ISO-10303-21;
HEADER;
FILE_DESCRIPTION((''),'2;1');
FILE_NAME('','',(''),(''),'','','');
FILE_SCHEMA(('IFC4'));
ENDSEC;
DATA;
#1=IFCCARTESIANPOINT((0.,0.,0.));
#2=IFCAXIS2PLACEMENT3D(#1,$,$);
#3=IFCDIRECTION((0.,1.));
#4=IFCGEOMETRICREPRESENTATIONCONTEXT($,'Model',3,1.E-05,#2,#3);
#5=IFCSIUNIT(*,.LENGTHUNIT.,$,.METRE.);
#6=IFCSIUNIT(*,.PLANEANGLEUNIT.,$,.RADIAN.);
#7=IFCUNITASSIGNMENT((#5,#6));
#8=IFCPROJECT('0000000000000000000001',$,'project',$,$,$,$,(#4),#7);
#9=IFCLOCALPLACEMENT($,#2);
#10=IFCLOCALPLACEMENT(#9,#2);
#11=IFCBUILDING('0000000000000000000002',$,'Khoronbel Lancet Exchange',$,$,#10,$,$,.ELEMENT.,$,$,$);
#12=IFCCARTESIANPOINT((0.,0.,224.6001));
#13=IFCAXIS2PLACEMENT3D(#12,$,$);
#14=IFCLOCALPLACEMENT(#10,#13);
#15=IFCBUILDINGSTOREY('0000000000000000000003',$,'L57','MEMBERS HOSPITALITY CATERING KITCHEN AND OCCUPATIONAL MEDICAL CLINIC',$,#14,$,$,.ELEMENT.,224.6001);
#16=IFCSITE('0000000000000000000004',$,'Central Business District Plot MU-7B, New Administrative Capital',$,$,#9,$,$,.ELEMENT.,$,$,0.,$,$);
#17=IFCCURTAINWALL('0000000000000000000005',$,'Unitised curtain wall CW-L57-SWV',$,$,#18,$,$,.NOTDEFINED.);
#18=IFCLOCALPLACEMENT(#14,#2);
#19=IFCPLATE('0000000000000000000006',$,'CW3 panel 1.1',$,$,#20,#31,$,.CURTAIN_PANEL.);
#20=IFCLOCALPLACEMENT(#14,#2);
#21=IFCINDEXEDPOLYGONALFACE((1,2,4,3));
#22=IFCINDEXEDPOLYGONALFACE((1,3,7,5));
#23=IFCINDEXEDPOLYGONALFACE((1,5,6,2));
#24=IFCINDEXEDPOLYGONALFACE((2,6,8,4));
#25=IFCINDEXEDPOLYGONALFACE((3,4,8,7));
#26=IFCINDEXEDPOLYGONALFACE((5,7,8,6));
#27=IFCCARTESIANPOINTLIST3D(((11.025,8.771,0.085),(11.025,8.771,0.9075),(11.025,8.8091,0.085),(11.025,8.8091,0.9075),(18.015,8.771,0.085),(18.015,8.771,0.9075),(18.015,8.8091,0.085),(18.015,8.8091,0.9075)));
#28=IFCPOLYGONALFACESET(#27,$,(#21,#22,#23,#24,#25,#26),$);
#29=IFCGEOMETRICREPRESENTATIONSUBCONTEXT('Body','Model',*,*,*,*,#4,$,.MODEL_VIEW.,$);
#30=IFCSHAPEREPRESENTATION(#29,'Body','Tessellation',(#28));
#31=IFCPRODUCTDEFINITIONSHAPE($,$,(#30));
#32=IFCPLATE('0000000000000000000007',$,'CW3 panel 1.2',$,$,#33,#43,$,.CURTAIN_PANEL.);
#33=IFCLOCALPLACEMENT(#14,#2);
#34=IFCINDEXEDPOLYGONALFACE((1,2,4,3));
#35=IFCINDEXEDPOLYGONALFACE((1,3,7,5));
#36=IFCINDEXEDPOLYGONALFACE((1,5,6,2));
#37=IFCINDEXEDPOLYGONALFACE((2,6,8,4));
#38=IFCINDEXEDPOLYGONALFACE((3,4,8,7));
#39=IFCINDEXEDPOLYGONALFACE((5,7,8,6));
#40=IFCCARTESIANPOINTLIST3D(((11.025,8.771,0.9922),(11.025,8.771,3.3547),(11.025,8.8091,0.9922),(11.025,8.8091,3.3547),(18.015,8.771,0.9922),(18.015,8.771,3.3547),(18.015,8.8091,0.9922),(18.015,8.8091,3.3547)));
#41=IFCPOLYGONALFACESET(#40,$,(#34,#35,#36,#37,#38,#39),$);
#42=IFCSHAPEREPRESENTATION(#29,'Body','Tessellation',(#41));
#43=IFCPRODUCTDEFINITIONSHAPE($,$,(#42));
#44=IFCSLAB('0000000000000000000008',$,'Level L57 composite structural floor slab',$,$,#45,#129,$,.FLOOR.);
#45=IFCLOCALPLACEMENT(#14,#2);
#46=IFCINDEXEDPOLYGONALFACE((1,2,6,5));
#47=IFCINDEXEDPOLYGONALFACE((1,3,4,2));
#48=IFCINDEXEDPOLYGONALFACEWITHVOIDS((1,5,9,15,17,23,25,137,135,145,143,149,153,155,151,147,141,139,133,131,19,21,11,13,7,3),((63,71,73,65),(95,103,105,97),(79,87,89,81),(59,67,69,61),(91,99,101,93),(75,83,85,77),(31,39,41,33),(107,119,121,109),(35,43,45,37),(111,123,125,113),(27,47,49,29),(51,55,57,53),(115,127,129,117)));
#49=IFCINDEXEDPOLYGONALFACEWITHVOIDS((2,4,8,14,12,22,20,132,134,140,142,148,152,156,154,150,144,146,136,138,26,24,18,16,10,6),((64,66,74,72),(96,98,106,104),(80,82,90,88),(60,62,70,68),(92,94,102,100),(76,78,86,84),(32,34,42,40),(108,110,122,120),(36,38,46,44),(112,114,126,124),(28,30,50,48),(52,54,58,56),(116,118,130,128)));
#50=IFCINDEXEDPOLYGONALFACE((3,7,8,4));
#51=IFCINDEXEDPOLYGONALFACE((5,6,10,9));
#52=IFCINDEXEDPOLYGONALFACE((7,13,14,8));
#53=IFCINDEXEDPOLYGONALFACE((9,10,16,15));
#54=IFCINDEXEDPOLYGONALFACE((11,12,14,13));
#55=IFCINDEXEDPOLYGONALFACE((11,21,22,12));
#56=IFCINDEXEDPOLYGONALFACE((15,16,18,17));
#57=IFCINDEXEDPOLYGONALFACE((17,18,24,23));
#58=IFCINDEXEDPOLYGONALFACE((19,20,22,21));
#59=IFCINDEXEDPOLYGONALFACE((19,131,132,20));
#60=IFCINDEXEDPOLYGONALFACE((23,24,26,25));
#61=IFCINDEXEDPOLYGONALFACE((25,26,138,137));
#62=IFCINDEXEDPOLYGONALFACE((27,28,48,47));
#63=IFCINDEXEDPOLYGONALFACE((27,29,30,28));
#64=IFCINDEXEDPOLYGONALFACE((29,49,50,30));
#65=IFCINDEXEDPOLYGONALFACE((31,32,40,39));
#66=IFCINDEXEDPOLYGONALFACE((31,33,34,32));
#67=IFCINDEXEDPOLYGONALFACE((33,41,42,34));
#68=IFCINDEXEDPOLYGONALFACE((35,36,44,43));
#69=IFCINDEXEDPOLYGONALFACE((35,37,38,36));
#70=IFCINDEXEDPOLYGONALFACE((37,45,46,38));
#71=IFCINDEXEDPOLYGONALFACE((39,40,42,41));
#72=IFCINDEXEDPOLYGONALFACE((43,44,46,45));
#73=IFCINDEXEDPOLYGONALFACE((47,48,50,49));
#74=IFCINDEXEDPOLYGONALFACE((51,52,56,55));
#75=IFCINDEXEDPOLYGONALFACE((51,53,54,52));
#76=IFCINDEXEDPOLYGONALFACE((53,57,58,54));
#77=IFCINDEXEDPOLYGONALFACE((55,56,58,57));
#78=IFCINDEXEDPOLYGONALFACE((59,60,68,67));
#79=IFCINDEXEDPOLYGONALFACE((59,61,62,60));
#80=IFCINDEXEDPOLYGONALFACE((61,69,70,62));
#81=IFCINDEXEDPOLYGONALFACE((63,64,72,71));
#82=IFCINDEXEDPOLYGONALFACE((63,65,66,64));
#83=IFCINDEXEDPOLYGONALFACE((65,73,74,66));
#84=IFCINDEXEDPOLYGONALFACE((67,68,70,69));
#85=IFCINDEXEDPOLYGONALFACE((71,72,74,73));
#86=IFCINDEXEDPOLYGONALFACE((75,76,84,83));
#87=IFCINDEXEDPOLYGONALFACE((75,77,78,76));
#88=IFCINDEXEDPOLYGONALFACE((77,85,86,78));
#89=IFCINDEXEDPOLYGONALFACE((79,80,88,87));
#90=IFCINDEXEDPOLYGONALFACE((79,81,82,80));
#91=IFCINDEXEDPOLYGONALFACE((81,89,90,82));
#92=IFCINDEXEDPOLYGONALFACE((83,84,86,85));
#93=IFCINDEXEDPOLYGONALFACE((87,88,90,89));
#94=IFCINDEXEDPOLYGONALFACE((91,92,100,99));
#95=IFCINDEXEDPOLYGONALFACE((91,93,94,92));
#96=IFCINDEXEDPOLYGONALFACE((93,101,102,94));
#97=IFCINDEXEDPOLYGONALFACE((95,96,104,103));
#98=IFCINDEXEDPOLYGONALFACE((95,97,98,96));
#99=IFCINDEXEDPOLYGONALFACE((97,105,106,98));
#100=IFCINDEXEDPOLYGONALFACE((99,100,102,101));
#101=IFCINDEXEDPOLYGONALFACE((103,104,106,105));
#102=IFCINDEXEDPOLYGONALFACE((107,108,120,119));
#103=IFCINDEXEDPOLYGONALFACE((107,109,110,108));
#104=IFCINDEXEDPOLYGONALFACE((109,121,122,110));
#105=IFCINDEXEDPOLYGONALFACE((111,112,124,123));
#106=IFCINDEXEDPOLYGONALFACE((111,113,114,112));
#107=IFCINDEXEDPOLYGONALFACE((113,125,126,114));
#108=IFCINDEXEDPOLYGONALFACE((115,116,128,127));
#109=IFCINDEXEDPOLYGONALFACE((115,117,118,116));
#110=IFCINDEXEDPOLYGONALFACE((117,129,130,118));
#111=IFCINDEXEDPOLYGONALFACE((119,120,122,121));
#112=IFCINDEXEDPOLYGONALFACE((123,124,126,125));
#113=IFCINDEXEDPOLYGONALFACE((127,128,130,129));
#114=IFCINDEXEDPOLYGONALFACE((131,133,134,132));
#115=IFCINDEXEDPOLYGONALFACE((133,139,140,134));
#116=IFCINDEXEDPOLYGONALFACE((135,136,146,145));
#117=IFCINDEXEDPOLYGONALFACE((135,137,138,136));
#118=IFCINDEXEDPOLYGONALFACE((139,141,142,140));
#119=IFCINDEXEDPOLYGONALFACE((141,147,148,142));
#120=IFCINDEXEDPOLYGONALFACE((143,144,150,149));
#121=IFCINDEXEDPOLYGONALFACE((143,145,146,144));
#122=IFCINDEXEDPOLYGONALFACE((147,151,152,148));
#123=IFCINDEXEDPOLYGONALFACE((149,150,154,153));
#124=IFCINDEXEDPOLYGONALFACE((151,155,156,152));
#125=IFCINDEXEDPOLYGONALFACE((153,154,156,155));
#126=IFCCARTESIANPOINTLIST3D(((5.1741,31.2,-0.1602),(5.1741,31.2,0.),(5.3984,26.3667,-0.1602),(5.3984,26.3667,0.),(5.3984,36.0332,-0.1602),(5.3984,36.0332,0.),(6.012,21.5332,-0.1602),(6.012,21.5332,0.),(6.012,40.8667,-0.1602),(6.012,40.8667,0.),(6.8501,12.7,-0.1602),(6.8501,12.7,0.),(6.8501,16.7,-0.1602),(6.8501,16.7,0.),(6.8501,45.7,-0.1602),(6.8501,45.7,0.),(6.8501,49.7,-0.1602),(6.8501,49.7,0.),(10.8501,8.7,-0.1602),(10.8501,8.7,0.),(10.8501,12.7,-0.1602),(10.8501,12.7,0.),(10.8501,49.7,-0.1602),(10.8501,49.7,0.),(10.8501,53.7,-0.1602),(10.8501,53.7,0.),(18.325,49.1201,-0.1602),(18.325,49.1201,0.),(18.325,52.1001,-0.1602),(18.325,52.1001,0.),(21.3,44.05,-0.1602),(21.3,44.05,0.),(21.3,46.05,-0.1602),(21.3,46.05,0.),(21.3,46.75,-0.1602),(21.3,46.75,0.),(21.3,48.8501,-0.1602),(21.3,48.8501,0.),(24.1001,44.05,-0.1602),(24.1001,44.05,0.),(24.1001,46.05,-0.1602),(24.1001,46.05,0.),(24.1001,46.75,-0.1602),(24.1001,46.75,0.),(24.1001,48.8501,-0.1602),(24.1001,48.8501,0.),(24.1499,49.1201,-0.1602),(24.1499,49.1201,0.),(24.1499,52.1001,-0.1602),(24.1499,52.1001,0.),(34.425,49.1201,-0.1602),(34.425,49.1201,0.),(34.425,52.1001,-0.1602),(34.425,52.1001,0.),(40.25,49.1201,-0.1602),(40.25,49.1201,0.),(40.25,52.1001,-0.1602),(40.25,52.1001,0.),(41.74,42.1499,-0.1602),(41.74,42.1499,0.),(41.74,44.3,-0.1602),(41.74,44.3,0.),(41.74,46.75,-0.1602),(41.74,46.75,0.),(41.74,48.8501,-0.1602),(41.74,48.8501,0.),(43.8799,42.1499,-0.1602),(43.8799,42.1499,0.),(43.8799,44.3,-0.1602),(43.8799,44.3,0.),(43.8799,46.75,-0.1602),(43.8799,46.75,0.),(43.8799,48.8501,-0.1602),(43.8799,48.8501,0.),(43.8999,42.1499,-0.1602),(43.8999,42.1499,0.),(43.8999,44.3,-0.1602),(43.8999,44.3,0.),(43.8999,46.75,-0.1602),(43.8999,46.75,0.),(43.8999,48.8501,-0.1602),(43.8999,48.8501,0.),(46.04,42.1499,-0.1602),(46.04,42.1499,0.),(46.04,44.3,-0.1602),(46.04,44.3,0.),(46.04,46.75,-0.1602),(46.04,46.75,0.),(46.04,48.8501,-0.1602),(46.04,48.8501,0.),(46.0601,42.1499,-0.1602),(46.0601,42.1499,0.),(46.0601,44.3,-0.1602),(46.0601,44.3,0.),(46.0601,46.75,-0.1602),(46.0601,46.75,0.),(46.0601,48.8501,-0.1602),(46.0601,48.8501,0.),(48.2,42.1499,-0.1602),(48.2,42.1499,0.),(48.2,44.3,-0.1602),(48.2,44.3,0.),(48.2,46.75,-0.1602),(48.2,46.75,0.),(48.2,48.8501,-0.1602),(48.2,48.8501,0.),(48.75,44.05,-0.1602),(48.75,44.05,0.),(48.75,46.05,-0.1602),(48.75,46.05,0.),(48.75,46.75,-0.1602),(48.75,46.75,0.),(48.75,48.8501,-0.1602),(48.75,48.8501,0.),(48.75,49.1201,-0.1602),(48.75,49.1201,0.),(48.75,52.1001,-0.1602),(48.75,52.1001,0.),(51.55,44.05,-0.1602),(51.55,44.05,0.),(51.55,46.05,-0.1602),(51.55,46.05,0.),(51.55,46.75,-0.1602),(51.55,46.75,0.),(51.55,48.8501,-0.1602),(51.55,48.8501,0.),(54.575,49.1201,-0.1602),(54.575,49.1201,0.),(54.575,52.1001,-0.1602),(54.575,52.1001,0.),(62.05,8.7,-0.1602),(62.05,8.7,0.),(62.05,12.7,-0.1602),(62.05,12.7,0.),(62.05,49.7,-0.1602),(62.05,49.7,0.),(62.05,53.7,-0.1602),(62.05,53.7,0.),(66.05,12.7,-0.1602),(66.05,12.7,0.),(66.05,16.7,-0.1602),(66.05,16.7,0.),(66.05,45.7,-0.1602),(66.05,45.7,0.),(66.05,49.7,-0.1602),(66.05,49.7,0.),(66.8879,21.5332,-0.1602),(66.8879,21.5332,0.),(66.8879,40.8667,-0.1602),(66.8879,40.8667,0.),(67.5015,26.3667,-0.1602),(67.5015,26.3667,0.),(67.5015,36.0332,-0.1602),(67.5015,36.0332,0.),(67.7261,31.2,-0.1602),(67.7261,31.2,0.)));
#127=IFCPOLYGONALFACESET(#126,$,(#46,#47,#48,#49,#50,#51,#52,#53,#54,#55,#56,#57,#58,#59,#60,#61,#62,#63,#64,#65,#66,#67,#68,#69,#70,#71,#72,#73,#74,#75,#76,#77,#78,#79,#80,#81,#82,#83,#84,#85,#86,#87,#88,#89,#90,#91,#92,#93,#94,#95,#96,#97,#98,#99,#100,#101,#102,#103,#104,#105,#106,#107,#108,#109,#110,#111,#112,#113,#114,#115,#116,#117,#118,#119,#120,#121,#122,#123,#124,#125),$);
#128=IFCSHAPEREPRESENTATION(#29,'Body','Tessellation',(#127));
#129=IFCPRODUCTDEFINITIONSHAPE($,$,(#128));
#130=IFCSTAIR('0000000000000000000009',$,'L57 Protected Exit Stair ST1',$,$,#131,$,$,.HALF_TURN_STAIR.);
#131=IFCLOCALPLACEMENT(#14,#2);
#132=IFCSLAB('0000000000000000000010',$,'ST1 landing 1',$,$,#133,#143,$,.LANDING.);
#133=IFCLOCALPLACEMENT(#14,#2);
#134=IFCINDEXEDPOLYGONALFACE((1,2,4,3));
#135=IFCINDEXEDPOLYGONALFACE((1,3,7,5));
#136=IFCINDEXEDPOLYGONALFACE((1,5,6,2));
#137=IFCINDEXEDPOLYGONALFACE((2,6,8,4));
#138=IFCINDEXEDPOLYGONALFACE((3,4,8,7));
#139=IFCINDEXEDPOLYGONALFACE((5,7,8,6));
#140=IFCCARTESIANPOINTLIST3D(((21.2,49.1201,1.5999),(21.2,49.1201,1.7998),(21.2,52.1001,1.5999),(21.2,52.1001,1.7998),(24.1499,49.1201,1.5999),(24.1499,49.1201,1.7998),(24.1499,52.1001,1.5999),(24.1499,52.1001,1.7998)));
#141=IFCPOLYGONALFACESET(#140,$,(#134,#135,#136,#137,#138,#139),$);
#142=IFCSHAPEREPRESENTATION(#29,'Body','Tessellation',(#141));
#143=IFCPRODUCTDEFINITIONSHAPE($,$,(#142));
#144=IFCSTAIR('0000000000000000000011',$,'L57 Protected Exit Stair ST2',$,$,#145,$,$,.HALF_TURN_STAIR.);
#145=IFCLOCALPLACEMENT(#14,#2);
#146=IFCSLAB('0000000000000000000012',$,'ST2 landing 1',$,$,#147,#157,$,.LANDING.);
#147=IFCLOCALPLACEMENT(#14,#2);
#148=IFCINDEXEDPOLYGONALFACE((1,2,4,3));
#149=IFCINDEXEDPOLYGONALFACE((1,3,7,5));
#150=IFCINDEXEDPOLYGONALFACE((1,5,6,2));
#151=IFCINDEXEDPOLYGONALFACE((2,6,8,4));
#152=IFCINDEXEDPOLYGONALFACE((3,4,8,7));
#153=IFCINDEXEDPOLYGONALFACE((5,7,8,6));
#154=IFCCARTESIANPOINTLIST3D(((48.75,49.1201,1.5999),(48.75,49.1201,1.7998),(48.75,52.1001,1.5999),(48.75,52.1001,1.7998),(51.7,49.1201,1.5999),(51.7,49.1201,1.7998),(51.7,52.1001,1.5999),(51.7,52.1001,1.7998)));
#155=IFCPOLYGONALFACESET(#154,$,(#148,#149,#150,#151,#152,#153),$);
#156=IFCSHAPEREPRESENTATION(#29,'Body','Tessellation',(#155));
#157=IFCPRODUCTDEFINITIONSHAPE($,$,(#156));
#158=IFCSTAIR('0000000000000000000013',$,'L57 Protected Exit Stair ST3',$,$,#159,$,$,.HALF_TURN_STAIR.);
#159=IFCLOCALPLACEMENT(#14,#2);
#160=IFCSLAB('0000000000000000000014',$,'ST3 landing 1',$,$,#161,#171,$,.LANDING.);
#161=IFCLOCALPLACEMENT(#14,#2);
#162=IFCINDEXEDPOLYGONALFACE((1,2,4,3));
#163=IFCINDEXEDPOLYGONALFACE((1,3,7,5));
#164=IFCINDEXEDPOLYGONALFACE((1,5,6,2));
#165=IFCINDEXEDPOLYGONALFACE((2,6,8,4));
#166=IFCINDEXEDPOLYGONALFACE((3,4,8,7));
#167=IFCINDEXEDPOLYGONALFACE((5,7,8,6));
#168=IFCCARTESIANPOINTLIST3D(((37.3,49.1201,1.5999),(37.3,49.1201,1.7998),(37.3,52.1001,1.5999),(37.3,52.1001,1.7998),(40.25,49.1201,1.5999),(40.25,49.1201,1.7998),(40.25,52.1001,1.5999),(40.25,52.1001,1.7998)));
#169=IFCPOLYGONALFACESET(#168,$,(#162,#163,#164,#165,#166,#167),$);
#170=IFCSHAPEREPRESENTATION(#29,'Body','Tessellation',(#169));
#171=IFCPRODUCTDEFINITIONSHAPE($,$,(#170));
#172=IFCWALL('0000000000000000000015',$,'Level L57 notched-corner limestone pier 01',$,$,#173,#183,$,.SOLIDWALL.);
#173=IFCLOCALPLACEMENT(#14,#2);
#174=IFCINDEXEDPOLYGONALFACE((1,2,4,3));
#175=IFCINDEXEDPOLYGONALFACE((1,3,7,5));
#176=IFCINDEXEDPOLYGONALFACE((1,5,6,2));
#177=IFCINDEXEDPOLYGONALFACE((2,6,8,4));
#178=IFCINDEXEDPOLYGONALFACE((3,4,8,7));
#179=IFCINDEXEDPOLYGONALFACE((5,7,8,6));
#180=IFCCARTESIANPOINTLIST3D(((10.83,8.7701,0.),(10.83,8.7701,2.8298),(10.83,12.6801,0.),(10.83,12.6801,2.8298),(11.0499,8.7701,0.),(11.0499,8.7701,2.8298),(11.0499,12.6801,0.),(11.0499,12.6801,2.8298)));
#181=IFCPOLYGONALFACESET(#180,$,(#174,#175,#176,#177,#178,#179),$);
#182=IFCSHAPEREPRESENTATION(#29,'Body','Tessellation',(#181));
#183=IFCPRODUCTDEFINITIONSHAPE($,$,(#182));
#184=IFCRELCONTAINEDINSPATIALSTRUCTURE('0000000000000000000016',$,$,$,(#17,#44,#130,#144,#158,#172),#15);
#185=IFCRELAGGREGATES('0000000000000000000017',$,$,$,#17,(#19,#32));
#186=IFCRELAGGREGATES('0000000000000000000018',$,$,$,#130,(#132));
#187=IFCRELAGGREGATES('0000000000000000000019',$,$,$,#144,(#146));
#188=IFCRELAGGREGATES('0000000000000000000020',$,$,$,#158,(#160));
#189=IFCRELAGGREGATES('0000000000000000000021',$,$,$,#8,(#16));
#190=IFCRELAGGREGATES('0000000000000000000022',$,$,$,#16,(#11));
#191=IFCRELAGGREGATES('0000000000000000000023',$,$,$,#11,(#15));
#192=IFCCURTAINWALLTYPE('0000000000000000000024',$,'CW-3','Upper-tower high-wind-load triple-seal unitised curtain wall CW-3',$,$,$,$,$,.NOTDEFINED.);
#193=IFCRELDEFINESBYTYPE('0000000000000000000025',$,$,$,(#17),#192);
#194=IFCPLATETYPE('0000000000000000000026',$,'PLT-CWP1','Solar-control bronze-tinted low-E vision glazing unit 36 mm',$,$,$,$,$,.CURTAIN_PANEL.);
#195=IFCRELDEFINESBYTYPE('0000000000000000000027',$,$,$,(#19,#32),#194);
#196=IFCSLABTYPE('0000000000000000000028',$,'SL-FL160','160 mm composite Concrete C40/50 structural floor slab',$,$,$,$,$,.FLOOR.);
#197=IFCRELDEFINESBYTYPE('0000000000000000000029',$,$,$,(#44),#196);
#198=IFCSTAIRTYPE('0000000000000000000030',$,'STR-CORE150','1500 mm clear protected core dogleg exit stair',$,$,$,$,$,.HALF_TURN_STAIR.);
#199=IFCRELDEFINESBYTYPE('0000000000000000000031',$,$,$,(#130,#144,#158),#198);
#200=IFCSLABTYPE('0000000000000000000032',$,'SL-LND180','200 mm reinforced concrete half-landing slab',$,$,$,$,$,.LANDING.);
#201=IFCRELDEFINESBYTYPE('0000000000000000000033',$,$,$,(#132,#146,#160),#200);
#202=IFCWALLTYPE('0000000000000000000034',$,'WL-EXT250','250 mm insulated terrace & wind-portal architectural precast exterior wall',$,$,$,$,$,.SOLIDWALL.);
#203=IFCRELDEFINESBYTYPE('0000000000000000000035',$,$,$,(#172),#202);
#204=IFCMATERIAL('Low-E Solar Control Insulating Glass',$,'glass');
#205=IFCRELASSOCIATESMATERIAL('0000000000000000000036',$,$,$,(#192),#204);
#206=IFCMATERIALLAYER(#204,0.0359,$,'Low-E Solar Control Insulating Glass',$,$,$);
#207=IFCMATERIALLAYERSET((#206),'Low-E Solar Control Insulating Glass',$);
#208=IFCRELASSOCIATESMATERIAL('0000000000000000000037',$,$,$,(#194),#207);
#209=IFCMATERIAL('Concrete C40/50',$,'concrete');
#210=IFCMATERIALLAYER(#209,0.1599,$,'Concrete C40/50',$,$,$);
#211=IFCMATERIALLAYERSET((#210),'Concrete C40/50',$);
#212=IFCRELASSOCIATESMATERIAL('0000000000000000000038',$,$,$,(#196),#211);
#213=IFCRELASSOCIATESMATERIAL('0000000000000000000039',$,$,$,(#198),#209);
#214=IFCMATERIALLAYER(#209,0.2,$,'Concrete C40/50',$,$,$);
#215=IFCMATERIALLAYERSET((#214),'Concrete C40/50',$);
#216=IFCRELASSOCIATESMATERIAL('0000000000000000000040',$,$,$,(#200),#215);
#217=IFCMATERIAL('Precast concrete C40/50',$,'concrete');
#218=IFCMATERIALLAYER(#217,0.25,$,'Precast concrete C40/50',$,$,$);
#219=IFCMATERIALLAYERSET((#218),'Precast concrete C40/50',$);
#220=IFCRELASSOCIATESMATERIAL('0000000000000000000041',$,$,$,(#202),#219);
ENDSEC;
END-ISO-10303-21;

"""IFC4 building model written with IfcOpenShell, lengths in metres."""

from ifc_helpers import new_model, si_unit, direction, frame, frame_2d, origin, origin_2d, place, context, subcontext, project, spatial, polyline, rectangle, outline, extrude, material, layer, layer_set, type_object, element, aggregate, save


model = new_model("IFC4")

# Units and contexts
model_context = context("Model", 3, precision=1e-05, world=origin(), true_north=direction((0.0, 1.0)))
body_context = subcontext(model_context, "Body", "Model", "MODEL_VIEW")
ifc_project = project(units=[si_unit("LENGTHUNIT", "METRE"), si_unit("PLANEANGLEUNIT", "RADIAN")], contexts=[model_context])

# Site, building, storey
site_placement = place(None, origin())
site = spatial("IfcSite", under=ifc_project, at=site_placement, Name="Central Business District Plot MU-7B, New Administrative Capital", CompositionType="ELEMENT", RefElevation=0.0)
building_placement = place(site_placement, origin())
building = spatial("IfcBuilding", under=site, at=building_placement, Name="Khoronbel Lancet Exchange", CompositionType="ELEMENT")
storey_placement = place(building_placement, frame((0.0, 0.0, 224.6001)))
storey = spatial("IfcBuildingStorey", under=building, at=storey_placement, Name="L57", Description="MEMBERS HOSPITALITY CATERING KITCHEN AND OCCUPATIONAL MEDICAL CLINIC", CompositionType="ELEMENT", Elevation=224.6001)

# Curtain wall
ifc_material_1 = material(Name="Low-E Solar Control Insulating Glass", Category="glass")
curtain_wall_type = type_object("IfcCurtainWallType", Name="CW-3", Description="Upper-tower high-wind-load triple-seal unitised curtain wall CW-3", PredefinedType="NOTDEFINED", material=ifc_material_1)
curtain_wall_1_placement = place(storey_placement, origin())
curtain_wall_1 = element("IfcCurtainWall", 1, at=curtain_wall_1_placement, inside=storey, type_object=curtain_wall_type, Name="Unitised curtain wall CW-L57-SWV", PredefinedType="NOTDEFINED")

# Plates
ifc_layer_1 = layer(ifc_material_1, 0.0359, Name="Low-E Solar Control Insulating Glass")
ifc_layer_set_1 = layer_set([ifc_layer_1], Name="Low-E Solar Control Insulating Glass")
plate_type = type_object("IfcPlateType", Name="PLT-CWP1", Description="Solar-control bronze-tinted low-E vision glazing unit 36 mm", PredefinedType="CURTAIN_PANEL", material=ifc_layer_set_1)
plate_1_placement = place(storey_placement, frame((14.52, 8.79, 0.085), z_axis=(0.0, 0.0, 1.0), x_axis=(1.0, 0.0, 0.0)))
plate_1 = element("IfcPlate", 2, at=plate_1_placement, type_object=plate_type, Name="CW3 panel 1.1", PredefinedType="CURTAIN_PANEL", context=body_context, shape_type="SweptSolid", body=[
    extrude(rectangle(XDim=6.99, YDim=0.0381, at=origin_2d()), origin(), (0.0, 0.0, 1.0), 0.8225),
])
plate_2_placement = place(storey_placement, frame((14.52, 8.79, 0.9922), z_axis=(0.0, 0.0, 1.0), x_axis=(1.0, 0.0, 0.0)))
plate_2 = element("IfcPlate", 3, at=plate_2_placement, type_object=plate_type, Name="CW3 panel 1.2", PredefinedType="CURTAIN_PANEL", context=body_context, shape_type="SweptSolid", body=[
    extrude(rectangle(XDim=6.99, YDim=0.0381, at=origin_2d()), origin(), (0.0, 0.0, 1.0), 2.3625),
])
aggregate(curtain_wall_1, [plate_1, plate_2])

# Slab
ifc_material_2 = material(Name="Concrete C40/50", Category="concrete")
ifc_layer_2 = layer(ifc_material_2, 0.1599, Name="Concrete C40/50")
ifc_layer_set_2 = layer_set([ifc_layer_2], Name="Concrete C40/50")
slab_type_1 = type_object("IfcSlabType", Name="SL-FL160", Description="160 mm composite Concrete C40/50 structural floor slab", PredefinedType="FLOOR", material=ifc_layer_set_2)
slab_1_placement = place(storey_placement, frame((0.0, 0.0, -0.1602)))
element("IfcSlab", 4, at=slab_1_placement, inside=storey, type_object=slab_type_1, Name="Level L57 composite structural floor slab", PredefinedType="FLOOR", context=body_context, shape_type="SweptSolid", body=[
    extrude(outline(polyline([(10.8501, 8.7), (62.05, 8.7), (62.05, 12.7), (66.05, 12.7), (66.05, 16.7), (66.8879, 21.5332), (67.5015, 26.3667), (67.7261, 31.2), (67.5015, 36.0332), (66.8879, 40.8667), (66.05, 45.7), (66.05, 49.7), (62.05, 49.7), (62.05, 53.7), (10.8501, 53.7), (10.8501, 49.7), (6.8501, 49.7), (6.8501, 45.7), (6.012, 40.8667), (5.3984, 36.0332), (5.1741, 31.2), (5.3984, 26.3667), (6.012, 21.5332), (6.8501, 16.7), (6.8501, 12.7), (10.8501, 12.7), (10.8501, 8.7)]), holes=[polyline([(18.325, 49.1201), (24.1499, 49.1201), (24.1499, 52.1001), (18.325, 52.1001), (18.325, 49.1201)]), polyline([(48.75, 49.1201), (54.575, 49.1201), (54.575, 52.1001), (48.75, 52.1001), (48.75, 49.1201)]), polyline([(34.425, 49.1201), (40.25, 49.1201), (40.25, 52.1001), (34.425, 52.1001), (34.425, 49.1201)]), polyline([(41.74, 46.75), (43.8799, 46.75), (43.8799, 48.8501), (41.74, 48.8501), (41.74, 46.75)]), polyline([(43.8999, 46.75), (46.04, 46.75), (46.04, 48.8501), (43.8999, 48.8501), (43.8999, 46.75)]), polyline([(46.0601, 46.75), (48.2, 46.75), (48.2, 48.8501), (46.0601, 48.8501), (46.0601, 46.75)]), polyline([(41.74, 42.1499), (43.8799, 42.1499), (43.8799, 44.3), (41.74, 44.3), (41.74, 42.1499)]), polyline([(43.8999, 42.1499), (46.04, 42.1499), (46.04, 44.3), (43.8999, 44.3), (43.8999, 42.1499)]), polyline([(46.0601, 42.1499), (48.2, 42.1499), (48.2, 44.3), (46.0601, 44.3), (46.0601, 42.1499)]), polyline([(21.3, 46.75), (24.1001, 46.75), (24.1001, 48.8501), (21.3, 48.8501), (21.3, 46.75)]), polyline([(48.75, 46.75), (51.55, 46.75), (51.55, 48.8501), (48.75, 48.8501), (48.75, 46.75)]), polyline([(21.3, 44.05), (24.1001, 44.05), (24.1001, 46.05), (21.3, 46.05), (21.3, 44.05)]), polyline([(48.75, 44.05), (51.55, 44.05), (51.55, 46.05), (48.75, 46.05), (48.75, 44.05)])]), origin(), (0.0, 0.0, 1.0), 0.1602),
])

# Stairs, slabs
stair_type = type_object("IfcStairType", Name="STR-CORE150", Description="1500 mm clear protected core dogleg exit stair", PredefinedType="HALF_TURN_STAIR", material=ifc_material_2)
stair_1_placement = place(storey_placement, origin())
stair_1 = element("IfcStair", 5, at=stair_1_placement, inside=storey, type_object=stair_type, Name="L57 Protected Exit Stair ST1", PredefinedType="HALF_TURN_STAIR")
ifc_layer_3 = layer(ifc_material_2, 0.2, Name="Concrete C40/50")
ifc_layer_set_3 = layer_set([ifc_layer_3], Name="Concrete C40/50")
slab_type_2 = type_object("IfcSlabType", Name="SL-LND180", Description="200 mm reinforced concrete half-landing slab", PredefinedType="LANDING", material=ifc_layer_set_3)
slab_2_placement = place(storey_placement, frame((0.0, 0.0, 1.5999)))
slab_2 = element("IfcSlab", 6, at=slab_2_placement, type_object=slab_type_2, Name="ST1 landing 1", PredefinedType="LANDING", context=body_context, shape_type="SweptSolid", body=[
    extrude(outline(polyline([(21.2, 49.1201), (24.1499, 49.1201), (24.1499, 52.1001), (21.2, 52.1001), (21.2, 49.1201)])), origin(), (0.0, 0.0, 1.0), 0.2),
])
aggregate(stair_1, [slab_2])
stair_2_placement = place(storey_placement, origin())
stair_2 = element("IfcStair", 7, at=stair_2_placement, inside=storey, type_object=stair_type, Name="L57 Protected Exit Stair ST2", PredefinedType="HALF_TURN_STAIR")
slab_3_placement = place(storey_placement, frame((0.0, 0.0, 1.5999)))
slab_3 = element("IfcSlab", 8, at=slab_3_placement, type_object=slab_type_2, Name="ST2 landing 1", PredefinedType="LANDING", context=body_context, shape_type="SweptSolid", body=[
    extrude(outline(polyline([(51.7, 52.1001), (48.75, 52.1001), (48.75, 49.1201), (51.7, 49.1201), (51.7, 52.1001)])), origin(), (0.0, 0.0, 1.0), 0.2),
])
aggregate(stair_2, [slab_3])
stair_3_placement = place(storey_placement, origin())
stair_3 = element("IfcStair", 9, at=stair_3_placement, inside=storey, type_object=stair_type, Name="L57 Protected Exit Stair ST3", PredefinedType="HALF_TURN_STAIR")
slab_4_placement = place(storey_placement, frame((0.0, 0.0, 1.5999)))
slab_4 = element("IfcSlab", 10, at=slab_4_placement, type_object=slab_type_2, Name="ST3 landing 1", PredefinedType="LANDING", context=body_context, shape_type="SweptSolid", body=[
    extrude(outline(polyline([(37.3, 49.1201), (40.25, 49.1201), (40.25, 52.1001), (37.3, 52.1001), (37.3, 49.1201)])), origin(), (0.0, 0.0, 1.0), 0.2),
])
aggregate(stair_3, [slab_4])

# Wall
ifc_material_3 = material(Name="Precast concrete C40/50", Category="concrete")
ifc_layer_4 = layer(ifc_material_3, 0.25, Name="Precast concrete C40/50")
ifc_layer_set_4 = layer_set([ifc_layer_4], Name="Precast concrete C40/50")
wall_type_1 = type_object("IfcWallType", Name="WL-EXT250", Description="250 mm insulated terrace & wind-portal architectural precast exterior wall", PredefinedType="SOLIDWALL", material=ifc_layer_set_4)
wall_1_placement = place(storey_placement, frame((10.9399, 8.77, 0.0), z_axis=(0.0, 0.0, 1.0), x_axis=(0.0, 1.0, 0.0)))
element("IfcWall", 11, at=wall_1_placement, inside=storey, type_object=wall_type_1, Name="Level L57 notched-corner limestone pier 01", PredefinedType="SOLIDWALL", context=body_context, shape_type="SweptSolid", body=[
    extrude(rectangle(XDim=3.9099, YDim=0.22, at=frame_2d((1.9551, 0.0))), origin(), (0.0, 0.0, 1.0), 2.8298),
])

save(model, "model.ifc")
